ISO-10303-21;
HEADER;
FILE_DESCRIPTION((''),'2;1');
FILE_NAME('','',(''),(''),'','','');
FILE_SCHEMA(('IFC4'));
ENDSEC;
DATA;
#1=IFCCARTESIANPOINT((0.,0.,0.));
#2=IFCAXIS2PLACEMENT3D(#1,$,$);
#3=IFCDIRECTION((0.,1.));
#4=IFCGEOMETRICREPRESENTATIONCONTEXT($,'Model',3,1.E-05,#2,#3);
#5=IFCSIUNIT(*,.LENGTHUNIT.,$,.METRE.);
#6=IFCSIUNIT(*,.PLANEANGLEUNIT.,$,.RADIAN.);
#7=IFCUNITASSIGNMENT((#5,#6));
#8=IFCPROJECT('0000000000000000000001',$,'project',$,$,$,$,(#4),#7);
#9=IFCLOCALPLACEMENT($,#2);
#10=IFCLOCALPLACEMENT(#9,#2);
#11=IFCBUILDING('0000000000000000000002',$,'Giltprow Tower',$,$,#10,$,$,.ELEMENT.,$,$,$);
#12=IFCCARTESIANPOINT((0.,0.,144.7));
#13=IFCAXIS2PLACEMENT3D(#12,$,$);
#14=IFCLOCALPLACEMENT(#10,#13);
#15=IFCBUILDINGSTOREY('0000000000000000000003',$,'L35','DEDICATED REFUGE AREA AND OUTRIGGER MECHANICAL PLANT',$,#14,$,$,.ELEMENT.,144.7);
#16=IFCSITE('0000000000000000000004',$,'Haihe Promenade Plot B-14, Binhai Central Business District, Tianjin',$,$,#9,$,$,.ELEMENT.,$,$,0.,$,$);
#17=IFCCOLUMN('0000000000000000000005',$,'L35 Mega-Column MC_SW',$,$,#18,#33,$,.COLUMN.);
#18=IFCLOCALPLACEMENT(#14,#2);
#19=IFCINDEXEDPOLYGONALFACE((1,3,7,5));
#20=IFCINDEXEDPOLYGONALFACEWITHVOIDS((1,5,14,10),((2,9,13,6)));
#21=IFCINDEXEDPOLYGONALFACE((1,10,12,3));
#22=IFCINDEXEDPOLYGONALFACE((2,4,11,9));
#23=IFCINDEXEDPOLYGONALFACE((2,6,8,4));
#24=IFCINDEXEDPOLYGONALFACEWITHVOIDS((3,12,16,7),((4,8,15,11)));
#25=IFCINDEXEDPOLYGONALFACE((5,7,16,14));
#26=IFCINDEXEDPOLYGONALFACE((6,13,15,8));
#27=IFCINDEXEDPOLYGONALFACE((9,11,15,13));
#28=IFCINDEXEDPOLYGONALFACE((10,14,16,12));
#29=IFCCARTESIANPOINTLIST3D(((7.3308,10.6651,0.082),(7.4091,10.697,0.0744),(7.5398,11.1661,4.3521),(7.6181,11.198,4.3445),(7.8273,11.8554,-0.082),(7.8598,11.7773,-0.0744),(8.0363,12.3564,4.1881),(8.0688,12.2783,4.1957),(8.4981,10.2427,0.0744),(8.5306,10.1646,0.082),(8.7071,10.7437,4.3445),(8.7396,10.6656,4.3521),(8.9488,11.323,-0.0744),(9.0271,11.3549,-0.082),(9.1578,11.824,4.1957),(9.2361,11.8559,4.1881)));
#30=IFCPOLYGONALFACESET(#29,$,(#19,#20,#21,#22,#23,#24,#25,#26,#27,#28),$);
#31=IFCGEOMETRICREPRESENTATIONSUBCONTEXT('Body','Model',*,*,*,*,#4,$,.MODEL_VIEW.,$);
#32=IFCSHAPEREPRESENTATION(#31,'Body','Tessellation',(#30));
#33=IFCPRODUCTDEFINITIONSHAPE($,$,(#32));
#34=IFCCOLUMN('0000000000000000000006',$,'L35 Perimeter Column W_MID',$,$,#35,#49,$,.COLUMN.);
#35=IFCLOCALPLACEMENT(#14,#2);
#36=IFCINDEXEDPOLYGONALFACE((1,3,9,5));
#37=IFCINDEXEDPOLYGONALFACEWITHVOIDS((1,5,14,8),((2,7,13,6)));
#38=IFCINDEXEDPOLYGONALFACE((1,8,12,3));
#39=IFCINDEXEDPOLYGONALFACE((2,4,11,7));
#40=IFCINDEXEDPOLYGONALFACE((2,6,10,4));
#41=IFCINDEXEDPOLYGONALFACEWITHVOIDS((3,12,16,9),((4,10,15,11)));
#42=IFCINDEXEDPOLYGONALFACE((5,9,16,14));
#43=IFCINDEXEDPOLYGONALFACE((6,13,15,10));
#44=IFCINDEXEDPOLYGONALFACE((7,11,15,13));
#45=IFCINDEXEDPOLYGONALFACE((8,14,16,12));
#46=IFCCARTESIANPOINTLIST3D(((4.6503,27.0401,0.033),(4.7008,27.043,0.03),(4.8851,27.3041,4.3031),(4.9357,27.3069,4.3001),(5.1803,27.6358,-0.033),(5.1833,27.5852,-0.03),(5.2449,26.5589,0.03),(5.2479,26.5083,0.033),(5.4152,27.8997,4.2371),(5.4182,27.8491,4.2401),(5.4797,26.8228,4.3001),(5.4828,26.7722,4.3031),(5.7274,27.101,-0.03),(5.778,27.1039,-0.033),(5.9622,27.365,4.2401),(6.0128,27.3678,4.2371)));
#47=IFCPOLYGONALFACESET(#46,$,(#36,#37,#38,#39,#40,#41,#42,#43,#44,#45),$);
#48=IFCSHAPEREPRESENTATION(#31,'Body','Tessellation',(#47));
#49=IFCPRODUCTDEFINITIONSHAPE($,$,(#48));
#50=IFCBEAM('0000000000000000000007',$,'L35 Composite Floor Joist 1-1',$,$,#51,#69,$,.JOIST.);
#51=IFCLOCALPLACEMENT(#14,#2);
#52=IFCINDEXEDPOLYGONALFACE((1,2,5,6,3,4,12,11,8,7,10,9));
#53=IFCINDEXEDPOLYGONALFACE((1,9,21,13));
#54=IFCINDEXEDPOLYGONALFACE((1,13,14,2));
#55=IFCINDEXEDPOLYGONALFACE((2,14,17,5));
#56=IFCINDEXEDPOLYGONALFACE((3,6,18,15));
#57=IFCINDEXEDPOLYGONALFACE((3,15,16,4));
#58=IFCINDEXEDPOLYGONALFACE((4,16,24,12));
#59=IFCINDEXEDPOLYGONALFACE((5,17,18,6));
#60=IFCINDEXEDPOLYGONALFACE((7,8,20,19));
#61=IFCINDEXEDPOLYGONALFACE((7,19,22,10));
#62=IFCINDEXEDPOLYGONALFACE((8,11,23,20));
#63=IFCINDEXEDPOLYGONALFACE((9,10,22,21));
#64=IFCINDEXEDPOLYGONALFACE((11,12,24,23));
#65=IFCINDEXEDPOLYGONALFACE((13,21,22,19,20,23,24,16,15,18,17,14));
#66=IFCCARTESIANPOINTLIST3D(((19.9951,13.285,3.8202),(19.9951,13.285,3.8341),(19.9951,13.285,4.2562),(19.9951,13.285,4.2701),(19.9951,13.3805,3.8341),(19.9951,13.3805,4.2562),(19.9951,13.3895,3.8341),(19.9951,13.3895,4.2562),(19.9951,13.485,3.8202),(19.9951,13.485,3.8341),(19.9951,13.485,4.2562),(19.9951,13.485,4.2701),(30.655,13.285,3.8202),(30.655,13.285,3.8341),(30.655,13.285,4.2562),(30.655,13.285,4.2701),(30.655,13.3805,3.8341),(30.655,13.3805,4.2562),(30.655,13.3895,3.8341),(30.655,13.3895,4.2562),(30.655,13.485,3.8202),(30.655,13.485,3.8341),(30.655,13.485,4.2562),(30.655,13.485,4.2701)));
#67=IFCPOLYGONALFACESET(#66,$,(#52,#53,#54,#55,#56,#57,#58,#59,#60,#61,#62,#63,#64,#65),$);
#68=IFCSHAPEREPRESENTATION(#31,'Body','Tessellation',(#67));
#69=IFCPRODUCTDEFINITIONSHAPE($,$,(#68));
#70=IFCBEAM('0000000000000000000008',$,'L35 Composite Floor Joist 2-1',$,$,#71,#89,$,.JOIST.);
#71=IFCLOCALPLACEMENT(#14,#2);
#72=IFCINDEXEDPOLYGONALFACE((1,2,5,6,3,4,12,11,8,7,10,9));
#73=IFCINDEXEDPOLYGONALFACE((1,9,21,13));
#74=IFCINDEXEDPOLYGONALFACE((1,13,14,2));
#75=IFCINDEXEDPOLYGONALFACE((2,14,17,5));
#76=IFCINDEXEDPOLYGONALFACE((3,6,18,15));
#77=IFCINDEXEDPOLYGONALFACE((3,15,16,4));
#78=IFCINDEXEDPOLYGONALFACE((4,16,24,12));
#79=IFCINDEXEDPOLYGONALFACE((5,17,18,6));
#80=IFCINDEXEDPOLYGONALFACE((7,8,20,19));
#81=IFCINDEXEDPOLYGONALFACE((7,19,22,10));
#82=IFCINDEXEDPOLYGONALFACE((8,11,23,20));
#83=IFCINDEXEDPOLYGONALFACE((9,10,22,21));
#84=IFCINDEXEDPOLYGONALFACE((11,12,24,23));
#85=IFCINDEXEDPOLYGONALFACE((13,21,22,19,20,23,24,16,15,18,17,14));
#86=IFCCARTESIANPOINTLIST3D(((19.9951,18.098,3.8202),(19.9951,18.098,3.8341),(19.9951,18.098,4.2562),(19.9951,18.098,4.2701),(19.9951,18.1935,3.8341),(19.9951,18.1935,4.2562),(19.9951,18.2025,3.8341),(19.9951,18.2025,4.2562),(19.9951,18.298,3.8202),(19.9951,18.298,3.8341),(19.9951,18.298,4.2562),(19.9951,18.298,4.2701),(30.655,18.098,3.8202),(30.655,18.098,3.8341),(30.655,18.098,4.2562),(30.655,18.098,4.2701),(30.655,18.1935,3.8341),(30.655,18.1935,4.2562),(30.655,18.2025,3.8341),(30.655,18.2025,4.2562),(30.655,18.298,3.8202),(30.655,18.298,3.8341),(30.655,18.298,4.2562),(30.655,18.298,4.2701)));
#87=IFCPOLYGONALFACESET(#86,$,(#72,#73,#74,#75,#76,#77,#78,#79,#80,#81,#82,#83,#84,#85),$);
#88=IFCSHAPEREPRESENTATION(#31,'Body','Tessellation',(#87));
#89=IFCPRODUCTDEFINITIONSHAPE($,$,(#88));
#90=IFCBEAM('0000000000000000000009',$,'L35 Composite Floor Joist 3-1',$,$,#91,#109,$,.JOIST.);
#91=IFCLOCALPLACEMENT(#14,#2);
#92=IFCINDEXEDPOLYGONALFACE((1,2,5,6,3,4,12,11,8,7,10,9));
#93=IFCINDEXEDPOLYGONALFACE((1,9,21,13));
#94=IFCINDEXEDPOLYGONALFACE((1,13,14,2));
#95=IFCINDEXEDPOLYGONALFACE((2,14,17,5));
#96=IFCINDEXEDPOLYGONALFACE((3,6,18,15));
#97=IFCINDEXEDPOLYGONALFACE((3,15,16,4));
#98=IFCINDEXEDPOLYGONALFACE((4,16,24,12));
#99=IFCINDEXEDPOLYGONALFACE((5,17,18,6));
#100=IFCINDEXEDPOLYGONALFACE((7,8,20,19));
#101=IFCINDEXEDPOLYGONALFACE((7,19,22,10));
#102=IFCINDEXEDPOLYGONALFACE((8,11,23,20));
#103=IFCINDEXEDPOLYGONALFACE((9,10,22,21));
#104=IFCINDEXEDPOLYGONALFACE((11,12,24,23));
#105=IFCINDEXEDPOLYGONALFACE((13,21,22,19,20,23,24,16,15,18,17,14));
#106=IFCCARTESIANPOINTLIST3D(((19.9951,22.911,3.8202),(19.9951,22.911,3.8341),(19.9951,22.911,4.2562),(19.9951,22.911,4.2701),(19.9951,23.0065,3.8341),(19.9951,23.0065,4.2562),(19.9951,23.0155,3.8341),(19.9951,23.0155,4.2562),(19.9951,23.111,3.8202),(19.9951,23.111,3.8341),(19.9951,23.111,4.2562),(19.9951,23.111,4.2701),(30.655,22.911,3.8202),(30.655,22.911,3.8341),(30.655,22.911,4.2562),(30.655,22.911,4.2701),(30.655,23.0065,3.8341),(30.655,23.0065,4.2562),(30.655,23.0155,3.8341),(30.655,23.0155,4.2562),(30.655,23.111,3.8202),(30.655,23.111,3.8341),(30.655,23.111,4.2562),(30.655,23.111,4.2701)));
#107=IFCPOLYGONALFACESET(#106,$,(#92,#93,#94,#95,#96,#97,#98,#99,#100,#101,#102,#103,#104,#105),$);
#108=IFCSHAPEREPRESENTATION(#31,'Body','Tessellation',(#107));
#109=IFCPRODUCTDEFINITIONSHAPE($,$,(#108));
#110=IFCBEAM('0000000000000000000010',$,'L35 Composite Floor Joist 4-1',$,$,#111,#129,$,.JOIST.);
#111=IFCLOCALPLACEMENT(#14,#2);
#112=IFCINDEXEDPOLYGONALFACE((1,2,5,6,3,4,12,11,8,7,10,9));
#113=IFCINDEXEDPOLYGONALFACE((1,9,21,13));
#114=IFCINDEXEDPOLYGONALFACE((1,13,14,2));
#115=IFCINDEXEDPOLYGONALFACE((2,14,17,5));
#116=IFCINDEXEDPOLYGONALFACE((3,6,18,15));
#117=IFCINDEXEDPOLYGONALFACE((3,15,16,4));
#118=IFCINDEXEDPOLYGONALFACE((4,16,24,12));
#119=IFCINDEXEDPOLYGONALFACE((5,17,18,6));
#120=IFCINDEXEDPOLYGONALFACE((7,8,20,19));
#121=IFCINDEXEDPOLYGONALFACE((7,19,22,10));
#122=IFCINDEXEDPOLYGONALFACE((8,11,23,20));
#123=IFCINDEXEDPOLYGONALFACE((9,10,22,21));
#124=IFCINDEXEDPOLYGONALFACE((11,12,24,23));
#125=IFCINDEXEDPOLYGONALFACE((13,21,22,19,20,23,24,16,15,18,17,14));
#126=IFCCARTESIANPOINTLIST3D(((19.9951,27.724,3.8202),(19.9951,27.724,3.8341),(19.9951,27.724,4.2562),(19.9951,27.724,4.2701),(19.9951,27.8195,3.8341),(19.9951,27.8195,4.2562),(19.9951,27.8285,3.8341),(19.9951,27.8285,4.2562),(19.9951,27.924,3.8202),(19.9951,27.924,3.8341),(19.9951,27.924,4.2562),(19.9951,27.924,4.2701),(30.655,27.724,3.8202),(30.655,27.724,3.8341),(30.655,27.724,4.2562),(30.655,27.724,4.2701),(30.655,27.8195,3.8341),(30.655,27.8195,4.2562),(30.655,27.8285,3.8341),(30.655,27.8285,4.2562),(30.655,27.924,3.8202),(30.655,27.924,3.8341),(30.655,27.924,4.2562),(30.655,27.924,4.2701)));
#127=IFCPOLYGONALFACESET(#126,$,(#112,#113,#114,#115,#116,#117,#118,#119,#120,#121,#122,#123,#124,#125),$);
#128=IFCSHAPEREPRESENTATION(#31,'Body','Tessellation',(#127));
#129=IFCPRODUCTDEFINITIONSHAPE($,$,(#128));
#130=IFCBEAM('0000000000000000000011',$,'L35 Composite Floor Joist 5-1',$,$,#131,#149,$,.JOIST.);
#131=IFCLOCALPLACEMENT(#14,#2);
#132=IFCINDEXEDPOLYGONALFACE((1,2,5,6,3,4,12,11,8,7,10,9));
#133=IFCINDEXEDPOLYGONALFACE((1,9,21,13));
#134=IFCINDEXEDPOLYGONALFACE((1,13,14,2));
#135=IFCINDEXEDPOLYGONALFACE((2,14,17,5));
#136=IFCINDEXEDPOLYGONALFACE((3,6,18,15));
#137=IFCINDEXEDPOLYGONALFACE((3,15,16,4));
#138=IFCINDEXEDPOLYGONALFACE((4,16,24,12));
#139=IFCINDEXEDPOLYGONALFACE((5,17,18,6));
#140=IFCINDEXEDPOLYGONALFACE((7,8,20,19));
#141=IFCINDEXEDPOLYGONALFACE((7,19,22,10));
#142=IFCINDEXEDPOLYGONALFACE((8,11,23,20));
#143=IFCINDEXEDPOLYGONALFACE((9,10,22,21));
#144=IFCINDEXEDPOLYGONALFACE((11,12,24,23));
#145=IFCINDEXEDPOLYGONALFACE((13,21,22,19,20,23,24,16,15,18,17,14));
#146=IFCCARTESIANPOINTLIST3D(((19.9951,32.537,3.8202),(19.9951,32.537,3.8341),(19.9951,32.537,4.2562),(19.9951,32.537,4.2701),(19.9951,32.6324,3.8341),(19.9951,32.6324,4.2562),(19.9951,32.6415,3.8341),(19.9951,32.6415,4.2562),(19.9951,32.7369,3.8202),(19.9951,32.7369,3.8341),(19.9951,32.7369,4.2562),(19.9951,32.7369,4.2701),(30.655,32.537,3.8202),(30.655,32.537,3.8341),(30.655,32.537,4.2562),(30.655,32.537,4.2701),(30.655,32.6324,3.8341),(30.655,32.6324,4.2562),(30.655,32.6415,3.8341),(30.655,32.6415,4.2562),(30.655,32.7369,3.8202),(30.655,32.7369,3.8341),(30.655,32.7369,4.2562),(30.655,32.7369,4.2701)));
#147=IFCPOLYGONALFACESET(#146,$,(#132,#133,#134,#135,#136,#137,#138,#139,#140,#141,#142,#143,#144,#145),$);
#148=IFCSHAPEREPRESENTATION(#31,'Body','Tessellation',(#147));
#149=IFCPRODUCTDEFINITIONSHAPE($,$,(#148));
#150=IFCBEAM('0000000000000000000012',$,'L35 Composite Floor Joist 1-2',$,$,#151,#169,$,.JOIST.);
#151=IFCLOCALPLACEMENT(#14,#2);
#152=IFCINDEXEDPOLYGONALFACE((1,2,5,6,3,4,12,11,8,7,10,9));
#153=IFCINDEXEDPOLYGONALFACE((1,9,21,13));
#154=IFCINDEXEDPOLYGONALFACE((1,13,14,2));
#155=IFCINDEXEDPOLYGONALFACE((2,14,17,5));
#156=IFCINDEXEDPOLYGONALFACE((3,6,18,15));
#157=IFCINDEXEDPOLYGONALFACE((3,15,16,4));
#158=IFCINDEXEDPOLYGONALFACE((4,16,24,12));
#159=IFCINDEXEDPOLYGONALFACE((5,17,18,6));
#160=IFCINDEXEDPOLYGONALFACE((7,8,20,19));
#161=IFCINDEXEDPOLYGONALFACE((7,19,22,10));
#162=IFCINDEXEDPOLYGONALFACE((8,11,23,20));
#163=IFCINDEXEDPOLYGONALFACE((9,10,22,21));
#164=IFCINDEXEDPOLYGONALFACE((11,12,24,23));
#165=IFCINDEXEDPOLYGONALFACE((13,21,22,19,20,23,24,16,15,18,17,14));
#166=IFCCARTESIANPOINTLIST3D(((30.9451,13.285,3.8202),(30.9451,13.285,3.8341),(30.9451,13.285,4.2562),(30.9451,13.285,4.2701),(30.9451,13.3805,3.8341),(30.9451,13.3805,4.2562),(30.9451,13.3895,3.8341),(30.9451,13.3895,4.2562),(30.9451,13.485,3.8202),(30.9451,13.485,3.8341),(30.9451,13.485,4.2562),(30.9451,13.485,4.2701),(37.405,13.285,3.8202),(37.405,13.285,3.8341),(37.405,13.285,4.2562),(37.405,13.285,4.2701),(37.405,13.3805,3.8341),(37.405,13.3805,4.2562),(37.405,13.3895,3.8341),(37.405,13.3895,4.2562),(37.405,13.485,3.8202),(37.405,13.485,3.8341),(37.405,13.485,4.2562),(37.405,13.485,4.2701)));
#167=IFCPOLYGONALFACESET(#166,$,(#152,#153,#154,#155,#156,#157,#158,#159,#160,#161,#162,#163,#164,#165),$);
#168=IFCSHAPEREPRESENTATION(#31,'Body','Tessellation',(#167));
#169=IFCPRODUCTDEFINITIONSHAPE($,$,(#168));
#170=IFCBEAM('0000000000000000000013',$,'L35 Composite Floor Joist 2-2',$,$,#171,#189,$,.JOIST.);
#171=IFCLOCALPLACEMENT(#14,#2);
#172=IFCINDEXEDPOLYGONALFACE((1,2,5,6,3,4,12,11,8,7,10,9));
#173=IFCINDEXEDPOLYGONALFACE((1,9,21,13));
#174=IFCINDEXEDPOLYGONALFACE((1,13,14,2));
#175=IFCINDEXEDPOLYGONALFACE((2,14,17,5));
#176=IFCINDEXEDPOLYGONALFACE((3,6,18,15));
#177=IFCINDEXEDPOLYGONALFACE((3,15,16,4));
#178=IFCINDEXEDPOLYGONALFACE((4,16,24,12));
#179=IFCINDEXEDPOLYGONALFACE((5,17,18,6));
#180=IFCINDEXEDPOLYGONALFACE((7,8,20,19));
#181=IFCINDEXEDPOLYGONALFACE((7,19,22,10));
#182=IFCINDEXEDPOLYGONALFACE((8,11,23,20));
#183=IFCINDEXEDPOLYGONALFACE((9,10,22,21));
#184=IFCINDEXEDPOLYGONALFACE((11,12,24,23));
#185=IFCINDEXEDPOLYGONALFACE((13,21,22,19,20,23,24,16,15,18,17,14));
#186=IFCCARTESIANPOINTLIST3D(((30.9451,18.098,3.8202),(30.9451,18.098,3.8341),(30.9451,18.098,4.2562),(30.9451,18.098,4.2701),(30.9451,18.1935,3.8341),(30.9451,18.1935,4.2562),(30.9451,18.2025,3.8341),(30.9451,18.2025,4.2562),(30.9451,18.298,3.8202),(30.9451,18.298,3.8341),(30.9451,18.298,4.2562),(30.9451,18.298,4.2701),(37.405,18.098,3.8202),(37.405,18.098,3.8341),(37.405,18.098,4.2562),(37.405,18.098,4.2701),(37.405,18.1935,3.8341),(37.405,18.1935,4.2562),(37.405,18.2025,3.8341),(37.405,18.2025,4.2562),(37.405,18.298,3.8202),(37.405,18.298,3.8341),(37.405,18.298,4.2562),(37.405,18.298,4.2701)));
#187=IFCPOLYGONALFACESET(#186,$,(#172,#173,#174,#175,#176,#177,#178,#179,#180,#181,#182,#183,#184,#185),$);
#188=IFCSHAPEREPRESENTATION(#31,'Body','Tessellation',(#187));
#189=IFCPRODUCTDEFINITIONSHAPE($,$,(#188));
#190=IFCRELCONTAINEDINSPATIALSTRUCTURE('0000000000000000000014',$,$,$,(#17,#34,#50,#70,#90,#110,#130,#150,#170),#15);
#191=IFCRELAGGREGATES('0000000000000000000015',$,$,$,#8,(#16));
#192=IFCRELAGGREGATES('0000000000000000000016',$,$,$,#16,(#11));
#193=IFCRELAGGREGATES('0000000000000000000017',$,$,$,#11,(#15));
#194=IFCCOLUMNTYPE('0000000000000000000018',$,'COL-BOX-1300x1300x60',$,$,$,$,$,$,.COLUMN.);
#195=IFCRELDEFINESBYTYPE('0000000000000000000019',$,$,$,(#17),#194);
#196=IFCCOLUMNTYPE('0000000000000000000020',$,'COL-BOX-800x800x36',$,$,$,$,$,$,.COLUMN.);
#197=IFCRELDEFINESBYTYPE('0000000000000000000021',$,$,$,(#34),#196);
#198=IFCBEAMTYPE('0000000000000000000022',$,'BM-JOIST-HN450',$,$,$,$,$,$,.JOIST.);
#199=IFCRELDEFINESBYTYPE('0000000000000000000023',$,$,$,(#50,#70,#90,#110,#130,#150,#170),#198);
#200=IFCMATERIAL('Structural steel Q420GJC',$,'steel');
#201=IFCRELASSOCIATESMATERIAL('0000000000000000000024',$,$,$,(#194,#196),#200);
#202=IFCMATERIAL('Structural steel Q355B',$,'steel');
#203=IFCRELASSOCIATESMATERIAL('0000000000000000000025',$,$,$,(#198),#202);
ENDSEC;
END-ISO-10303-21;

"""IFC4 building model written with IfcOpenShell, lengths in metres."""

from ifc_helpers import new_model, si_unit, direction, frame, origin, origin_2d, place, context, subcontext, project, spatial, hollow_rectangle, i_section, extrude, source, transform, mapped, material, material_profile, profile_set, type_object, element, save


model = new_model("IFC4")

# Units and contexts
model_context = context("Model", 3, precision=1e-05, world=origin(), true_north=direction((0.0, 1.0)))
body_context = subcontext(model_context, "Body", "Model", "MODEL_VIEW")
ifc_project = project(units=[si_unit("LENGTHUNIT", "METRE"), si_unit("PLANEANGLEUNIT", "RADIAN")], contexts=[model_context])

# Site, building, storey
site_placement = place(None, origin())
site = spatial("IfcSite", under=ifc_project, at=site_placement, Name="Haihe Promenade Plot B-14, Binhai Central Business District, Tianjin", CompositionType="ELEMENT", RefElevation=0.0)
building_placement = place(site_placement, origin())
building = spatial("IfcBuilding", under=site, at=building_placement, Name="Giltprow Tower", CompositionType="ELEMENT")
storey_placement = place(building_placement, frame((0.0, 0.0, 144.7)))
storey = spatial("IfcBuildingStorey", under=building, at=storey_placement, Name="L35", Description="DEDICATED REFUGE AREA AND OUTRIGGER MECHANICAL PLANT", CompositionType="ELEMENT", Elevation=144.7)

# Columns
ifc_material_1 = material(Name="Structural steel Q420GJC", Category="steel")
ifc_material_profile_1 = material_profile(ifc_material_1, hollow_rectangle(XDim=1.3, YDim=1.3, WallThickness=0.0601, at=origin_2d()), Name="BOX 1300x1300x60")
ifc_profile_set_1 = profile_set([ifc_material_profile_1], Name="Structural steel Q420GJC")
column_type_1 = type_object("IfcColumnType", Name="COL-BOX-1300x1300x60", PredefinedType="COLUMN", material=ifc_profile_set_1)
shared_shape_1 = source(origin(), body_context, "Body", "SweptSolid", [
    extrude(hollow_rectangle(XDim=1.3, YDim=1.3, WallThickness=0.0601, at=origin_2d()), origin(), (0.0, 0.0, 1.0), 4.3044),
])
column_1_placement = place(storey_placement, frame((8.179, 11.01, 0.0), z_axis=(0.048552, 0.116388, 0.992016), x_axis=(-0.922917, 0.384999, 0.0)))
element("IfcColumn", 1, at=column_1_placement, inside=storey, type_object=column_type_1, Name="L35 Mega-Column MC_SW", PredefinedType="COLUMN", context=body_context, shape_type="MappedRepresentation", body=[
    mapped(shared_shape_1, transform((0.0, 0.0, 0.0), x_axis=(1.0, 0.0, 0.0), y_axis=(0.0, 1.0, 0.0), z_axis=(0.0, 0.0, 1.0), scale=1.0)),
])
ifc_material_profile_2 = material_profile(ifc_material_1, hollow_rectangle(XDim=0.8, YDim=0.8, WallThickness=0.0359, at=origin_2d()), Name="BOX 800x800x36")
ifc_profile_set_2 = profile_set([ifc_material_profile_2], Name="Structural steel Q420GJC")
column_type_2 = type_object("IfcColumnType", Name="COL-BOX-800x800x36", PredefinedType="COLUMN", material=ifc_profile_set_2)
shared_shape_2 = source(origin(), body_context, "Body", "SweptSolid", [
    extrude(hollow_rectangle(XDim=0.8, YDim=0.8, WallThickness=0.0359, at=origin_2d()), origin(), (0.0, 0.0, 1.0), 4.2847),
])
column_2_placement = place(storey_placement, frame((5.2141, 27.072, 0.0), z_axis=(0.054816, 0.061596, 0.996595), x_axis=(-0.747028, 0.664793, 0.0)))
element("IfcColumn", 2, at=column_2_placement, inside=storey, type_object=column_type_2, Name="L35 Perimeter Column W_MID", PredefinedType="COLUMN", context=body_context, shape_type="MappedRepresentation", body=[
    mapped(shared_shape_2, transform((0.0, 0.0, 0.0), x_axis=(1.0, 0.0, 0.0), y_axis=(0.0, 1.0, 0.0), z_axis=(0.0, 0.0, 1.0), scale=1.0)),
])

# Beams
ifc_material_2 = material(Name="Structural steel Q355B", Category="steel")
ifc_material_profile_3 = material_profile(ifc_material_2, i_section(OverallWidth=0.2, OverallDepth=0.45, WebThickness=0.009, FlangeThickness=0.0139, at=origin_2d()), Name="HN 450x200x9x14")
ifc_profile_set_3 = profile_set([ifc_material_profile_3], Name="Structural steel Q355B")
beam_type_1 = type_object("IfcBeamType", Name="BM-JOIST-HN450", PredefinedType="JOIST", material=ifc_profile_set_3)
shared_shape_3 = source(origin(), body_context, "Body", "SweptSolid", [
    extrude(i_section(OverallWidth=0.2, OverallDepth=0.45, WebThickness=0.009, FlangeThickness=0.0139, at=origin_2d()), origin(), (0.0, 0.0, 1.0), 10.6599),
])
for number, where, z_axis, x_axis, name in (
    (3, (19.9951, 13.385, 4.0452), (1.0, 0.0, 0.0), (0.0, 1.0, 0.0), "L35 Composite Floor Joist 1-1"),
    (4, (19.9951, 18.198, 4.0452), (1.0, 0.0, 0.0), (0.0, 1.0, 0.0), "L35 Composite Floor Joist 2-1"),
    (5, (19.9951, 23.011, 4.0452), (1.0, 0.0, 0.0), (0.0, 1.0, 0.0), "L35 Composite Floor Joist 3-1"),
    (6, (19.9951, 27.824, 4.0452), (1.0, 0.0, 0.0), (0.0, 1.0, 0.0), "L35 Composite Floor Joist 4-1"),
    (7, (19.9951, 32.637, 4.0452), (1.0, 0.0, 0.0), (0.0, 1.0, 0.0), "L35 Composite Floor Joist 5-1"),
):
    element("IfcBeam", number, at=place(storey_placement, frame(where, z_axis=z_axis, x_axis=x_axis)), inside=storey, type_object=beam_type_1, Name=name, PredefinedType="JOIST", context=body_context, shape_type="MappedRepresentation", body=[
        mapped(shared_shape_3, transform((0.0, 0.0, 0.0), x_axis=(1.0, 0.0, 0.0), y_axis=(0.0, 1.0, 0.0), z_axis=(0.0, 0.0, 1.0), scale=1.0)),
    ])
shared_shape_4 = source(origin(), body_context, "Body", "SweptSolid", [
    extrude(i_section(OverallWidth=0.2, OverallDepth=0.45, WebThickness=0.009, FlangeThickness=0.0139, at=origin_2d()), origin(), (0.0, 0.0, 1.0), 6.46),
])
for number, where, z_axis, x_axis, name in (
    (8, (30.9451, 13.385, 4.0452), (1.0, 0.0, 0.0), (0.0, 1.0, 0.0), "L35 Composite Floor Joist 1-2"),
    (9, (30.9451, 18.198, 4.0452), (1.0, 0.0, 0.0), (0.0, 1.0, 0.0), "L35 Composite Floor Joist 2-2"),
):
    element("IfcBeam", number, at=place(storey_placement, frame(where, z_axis=z_axis, x_axis=x_axis)), inside=storey, type_object=beam_type_1, Name=name, PredefinedType="JOIST", context=body_context, shape_type="MappedRepresentation", body=[
        mapped(shared_shape_4, transform((0.0, 0.0, 0.0), x_axis=(1.0, 0.0, 0.0), y_axis=(0.0, 1.0, 0.0), z_axis=(0.0, 0.0, 1.0), scale=1.0)),
    ])

save(model, "model.ifc")
